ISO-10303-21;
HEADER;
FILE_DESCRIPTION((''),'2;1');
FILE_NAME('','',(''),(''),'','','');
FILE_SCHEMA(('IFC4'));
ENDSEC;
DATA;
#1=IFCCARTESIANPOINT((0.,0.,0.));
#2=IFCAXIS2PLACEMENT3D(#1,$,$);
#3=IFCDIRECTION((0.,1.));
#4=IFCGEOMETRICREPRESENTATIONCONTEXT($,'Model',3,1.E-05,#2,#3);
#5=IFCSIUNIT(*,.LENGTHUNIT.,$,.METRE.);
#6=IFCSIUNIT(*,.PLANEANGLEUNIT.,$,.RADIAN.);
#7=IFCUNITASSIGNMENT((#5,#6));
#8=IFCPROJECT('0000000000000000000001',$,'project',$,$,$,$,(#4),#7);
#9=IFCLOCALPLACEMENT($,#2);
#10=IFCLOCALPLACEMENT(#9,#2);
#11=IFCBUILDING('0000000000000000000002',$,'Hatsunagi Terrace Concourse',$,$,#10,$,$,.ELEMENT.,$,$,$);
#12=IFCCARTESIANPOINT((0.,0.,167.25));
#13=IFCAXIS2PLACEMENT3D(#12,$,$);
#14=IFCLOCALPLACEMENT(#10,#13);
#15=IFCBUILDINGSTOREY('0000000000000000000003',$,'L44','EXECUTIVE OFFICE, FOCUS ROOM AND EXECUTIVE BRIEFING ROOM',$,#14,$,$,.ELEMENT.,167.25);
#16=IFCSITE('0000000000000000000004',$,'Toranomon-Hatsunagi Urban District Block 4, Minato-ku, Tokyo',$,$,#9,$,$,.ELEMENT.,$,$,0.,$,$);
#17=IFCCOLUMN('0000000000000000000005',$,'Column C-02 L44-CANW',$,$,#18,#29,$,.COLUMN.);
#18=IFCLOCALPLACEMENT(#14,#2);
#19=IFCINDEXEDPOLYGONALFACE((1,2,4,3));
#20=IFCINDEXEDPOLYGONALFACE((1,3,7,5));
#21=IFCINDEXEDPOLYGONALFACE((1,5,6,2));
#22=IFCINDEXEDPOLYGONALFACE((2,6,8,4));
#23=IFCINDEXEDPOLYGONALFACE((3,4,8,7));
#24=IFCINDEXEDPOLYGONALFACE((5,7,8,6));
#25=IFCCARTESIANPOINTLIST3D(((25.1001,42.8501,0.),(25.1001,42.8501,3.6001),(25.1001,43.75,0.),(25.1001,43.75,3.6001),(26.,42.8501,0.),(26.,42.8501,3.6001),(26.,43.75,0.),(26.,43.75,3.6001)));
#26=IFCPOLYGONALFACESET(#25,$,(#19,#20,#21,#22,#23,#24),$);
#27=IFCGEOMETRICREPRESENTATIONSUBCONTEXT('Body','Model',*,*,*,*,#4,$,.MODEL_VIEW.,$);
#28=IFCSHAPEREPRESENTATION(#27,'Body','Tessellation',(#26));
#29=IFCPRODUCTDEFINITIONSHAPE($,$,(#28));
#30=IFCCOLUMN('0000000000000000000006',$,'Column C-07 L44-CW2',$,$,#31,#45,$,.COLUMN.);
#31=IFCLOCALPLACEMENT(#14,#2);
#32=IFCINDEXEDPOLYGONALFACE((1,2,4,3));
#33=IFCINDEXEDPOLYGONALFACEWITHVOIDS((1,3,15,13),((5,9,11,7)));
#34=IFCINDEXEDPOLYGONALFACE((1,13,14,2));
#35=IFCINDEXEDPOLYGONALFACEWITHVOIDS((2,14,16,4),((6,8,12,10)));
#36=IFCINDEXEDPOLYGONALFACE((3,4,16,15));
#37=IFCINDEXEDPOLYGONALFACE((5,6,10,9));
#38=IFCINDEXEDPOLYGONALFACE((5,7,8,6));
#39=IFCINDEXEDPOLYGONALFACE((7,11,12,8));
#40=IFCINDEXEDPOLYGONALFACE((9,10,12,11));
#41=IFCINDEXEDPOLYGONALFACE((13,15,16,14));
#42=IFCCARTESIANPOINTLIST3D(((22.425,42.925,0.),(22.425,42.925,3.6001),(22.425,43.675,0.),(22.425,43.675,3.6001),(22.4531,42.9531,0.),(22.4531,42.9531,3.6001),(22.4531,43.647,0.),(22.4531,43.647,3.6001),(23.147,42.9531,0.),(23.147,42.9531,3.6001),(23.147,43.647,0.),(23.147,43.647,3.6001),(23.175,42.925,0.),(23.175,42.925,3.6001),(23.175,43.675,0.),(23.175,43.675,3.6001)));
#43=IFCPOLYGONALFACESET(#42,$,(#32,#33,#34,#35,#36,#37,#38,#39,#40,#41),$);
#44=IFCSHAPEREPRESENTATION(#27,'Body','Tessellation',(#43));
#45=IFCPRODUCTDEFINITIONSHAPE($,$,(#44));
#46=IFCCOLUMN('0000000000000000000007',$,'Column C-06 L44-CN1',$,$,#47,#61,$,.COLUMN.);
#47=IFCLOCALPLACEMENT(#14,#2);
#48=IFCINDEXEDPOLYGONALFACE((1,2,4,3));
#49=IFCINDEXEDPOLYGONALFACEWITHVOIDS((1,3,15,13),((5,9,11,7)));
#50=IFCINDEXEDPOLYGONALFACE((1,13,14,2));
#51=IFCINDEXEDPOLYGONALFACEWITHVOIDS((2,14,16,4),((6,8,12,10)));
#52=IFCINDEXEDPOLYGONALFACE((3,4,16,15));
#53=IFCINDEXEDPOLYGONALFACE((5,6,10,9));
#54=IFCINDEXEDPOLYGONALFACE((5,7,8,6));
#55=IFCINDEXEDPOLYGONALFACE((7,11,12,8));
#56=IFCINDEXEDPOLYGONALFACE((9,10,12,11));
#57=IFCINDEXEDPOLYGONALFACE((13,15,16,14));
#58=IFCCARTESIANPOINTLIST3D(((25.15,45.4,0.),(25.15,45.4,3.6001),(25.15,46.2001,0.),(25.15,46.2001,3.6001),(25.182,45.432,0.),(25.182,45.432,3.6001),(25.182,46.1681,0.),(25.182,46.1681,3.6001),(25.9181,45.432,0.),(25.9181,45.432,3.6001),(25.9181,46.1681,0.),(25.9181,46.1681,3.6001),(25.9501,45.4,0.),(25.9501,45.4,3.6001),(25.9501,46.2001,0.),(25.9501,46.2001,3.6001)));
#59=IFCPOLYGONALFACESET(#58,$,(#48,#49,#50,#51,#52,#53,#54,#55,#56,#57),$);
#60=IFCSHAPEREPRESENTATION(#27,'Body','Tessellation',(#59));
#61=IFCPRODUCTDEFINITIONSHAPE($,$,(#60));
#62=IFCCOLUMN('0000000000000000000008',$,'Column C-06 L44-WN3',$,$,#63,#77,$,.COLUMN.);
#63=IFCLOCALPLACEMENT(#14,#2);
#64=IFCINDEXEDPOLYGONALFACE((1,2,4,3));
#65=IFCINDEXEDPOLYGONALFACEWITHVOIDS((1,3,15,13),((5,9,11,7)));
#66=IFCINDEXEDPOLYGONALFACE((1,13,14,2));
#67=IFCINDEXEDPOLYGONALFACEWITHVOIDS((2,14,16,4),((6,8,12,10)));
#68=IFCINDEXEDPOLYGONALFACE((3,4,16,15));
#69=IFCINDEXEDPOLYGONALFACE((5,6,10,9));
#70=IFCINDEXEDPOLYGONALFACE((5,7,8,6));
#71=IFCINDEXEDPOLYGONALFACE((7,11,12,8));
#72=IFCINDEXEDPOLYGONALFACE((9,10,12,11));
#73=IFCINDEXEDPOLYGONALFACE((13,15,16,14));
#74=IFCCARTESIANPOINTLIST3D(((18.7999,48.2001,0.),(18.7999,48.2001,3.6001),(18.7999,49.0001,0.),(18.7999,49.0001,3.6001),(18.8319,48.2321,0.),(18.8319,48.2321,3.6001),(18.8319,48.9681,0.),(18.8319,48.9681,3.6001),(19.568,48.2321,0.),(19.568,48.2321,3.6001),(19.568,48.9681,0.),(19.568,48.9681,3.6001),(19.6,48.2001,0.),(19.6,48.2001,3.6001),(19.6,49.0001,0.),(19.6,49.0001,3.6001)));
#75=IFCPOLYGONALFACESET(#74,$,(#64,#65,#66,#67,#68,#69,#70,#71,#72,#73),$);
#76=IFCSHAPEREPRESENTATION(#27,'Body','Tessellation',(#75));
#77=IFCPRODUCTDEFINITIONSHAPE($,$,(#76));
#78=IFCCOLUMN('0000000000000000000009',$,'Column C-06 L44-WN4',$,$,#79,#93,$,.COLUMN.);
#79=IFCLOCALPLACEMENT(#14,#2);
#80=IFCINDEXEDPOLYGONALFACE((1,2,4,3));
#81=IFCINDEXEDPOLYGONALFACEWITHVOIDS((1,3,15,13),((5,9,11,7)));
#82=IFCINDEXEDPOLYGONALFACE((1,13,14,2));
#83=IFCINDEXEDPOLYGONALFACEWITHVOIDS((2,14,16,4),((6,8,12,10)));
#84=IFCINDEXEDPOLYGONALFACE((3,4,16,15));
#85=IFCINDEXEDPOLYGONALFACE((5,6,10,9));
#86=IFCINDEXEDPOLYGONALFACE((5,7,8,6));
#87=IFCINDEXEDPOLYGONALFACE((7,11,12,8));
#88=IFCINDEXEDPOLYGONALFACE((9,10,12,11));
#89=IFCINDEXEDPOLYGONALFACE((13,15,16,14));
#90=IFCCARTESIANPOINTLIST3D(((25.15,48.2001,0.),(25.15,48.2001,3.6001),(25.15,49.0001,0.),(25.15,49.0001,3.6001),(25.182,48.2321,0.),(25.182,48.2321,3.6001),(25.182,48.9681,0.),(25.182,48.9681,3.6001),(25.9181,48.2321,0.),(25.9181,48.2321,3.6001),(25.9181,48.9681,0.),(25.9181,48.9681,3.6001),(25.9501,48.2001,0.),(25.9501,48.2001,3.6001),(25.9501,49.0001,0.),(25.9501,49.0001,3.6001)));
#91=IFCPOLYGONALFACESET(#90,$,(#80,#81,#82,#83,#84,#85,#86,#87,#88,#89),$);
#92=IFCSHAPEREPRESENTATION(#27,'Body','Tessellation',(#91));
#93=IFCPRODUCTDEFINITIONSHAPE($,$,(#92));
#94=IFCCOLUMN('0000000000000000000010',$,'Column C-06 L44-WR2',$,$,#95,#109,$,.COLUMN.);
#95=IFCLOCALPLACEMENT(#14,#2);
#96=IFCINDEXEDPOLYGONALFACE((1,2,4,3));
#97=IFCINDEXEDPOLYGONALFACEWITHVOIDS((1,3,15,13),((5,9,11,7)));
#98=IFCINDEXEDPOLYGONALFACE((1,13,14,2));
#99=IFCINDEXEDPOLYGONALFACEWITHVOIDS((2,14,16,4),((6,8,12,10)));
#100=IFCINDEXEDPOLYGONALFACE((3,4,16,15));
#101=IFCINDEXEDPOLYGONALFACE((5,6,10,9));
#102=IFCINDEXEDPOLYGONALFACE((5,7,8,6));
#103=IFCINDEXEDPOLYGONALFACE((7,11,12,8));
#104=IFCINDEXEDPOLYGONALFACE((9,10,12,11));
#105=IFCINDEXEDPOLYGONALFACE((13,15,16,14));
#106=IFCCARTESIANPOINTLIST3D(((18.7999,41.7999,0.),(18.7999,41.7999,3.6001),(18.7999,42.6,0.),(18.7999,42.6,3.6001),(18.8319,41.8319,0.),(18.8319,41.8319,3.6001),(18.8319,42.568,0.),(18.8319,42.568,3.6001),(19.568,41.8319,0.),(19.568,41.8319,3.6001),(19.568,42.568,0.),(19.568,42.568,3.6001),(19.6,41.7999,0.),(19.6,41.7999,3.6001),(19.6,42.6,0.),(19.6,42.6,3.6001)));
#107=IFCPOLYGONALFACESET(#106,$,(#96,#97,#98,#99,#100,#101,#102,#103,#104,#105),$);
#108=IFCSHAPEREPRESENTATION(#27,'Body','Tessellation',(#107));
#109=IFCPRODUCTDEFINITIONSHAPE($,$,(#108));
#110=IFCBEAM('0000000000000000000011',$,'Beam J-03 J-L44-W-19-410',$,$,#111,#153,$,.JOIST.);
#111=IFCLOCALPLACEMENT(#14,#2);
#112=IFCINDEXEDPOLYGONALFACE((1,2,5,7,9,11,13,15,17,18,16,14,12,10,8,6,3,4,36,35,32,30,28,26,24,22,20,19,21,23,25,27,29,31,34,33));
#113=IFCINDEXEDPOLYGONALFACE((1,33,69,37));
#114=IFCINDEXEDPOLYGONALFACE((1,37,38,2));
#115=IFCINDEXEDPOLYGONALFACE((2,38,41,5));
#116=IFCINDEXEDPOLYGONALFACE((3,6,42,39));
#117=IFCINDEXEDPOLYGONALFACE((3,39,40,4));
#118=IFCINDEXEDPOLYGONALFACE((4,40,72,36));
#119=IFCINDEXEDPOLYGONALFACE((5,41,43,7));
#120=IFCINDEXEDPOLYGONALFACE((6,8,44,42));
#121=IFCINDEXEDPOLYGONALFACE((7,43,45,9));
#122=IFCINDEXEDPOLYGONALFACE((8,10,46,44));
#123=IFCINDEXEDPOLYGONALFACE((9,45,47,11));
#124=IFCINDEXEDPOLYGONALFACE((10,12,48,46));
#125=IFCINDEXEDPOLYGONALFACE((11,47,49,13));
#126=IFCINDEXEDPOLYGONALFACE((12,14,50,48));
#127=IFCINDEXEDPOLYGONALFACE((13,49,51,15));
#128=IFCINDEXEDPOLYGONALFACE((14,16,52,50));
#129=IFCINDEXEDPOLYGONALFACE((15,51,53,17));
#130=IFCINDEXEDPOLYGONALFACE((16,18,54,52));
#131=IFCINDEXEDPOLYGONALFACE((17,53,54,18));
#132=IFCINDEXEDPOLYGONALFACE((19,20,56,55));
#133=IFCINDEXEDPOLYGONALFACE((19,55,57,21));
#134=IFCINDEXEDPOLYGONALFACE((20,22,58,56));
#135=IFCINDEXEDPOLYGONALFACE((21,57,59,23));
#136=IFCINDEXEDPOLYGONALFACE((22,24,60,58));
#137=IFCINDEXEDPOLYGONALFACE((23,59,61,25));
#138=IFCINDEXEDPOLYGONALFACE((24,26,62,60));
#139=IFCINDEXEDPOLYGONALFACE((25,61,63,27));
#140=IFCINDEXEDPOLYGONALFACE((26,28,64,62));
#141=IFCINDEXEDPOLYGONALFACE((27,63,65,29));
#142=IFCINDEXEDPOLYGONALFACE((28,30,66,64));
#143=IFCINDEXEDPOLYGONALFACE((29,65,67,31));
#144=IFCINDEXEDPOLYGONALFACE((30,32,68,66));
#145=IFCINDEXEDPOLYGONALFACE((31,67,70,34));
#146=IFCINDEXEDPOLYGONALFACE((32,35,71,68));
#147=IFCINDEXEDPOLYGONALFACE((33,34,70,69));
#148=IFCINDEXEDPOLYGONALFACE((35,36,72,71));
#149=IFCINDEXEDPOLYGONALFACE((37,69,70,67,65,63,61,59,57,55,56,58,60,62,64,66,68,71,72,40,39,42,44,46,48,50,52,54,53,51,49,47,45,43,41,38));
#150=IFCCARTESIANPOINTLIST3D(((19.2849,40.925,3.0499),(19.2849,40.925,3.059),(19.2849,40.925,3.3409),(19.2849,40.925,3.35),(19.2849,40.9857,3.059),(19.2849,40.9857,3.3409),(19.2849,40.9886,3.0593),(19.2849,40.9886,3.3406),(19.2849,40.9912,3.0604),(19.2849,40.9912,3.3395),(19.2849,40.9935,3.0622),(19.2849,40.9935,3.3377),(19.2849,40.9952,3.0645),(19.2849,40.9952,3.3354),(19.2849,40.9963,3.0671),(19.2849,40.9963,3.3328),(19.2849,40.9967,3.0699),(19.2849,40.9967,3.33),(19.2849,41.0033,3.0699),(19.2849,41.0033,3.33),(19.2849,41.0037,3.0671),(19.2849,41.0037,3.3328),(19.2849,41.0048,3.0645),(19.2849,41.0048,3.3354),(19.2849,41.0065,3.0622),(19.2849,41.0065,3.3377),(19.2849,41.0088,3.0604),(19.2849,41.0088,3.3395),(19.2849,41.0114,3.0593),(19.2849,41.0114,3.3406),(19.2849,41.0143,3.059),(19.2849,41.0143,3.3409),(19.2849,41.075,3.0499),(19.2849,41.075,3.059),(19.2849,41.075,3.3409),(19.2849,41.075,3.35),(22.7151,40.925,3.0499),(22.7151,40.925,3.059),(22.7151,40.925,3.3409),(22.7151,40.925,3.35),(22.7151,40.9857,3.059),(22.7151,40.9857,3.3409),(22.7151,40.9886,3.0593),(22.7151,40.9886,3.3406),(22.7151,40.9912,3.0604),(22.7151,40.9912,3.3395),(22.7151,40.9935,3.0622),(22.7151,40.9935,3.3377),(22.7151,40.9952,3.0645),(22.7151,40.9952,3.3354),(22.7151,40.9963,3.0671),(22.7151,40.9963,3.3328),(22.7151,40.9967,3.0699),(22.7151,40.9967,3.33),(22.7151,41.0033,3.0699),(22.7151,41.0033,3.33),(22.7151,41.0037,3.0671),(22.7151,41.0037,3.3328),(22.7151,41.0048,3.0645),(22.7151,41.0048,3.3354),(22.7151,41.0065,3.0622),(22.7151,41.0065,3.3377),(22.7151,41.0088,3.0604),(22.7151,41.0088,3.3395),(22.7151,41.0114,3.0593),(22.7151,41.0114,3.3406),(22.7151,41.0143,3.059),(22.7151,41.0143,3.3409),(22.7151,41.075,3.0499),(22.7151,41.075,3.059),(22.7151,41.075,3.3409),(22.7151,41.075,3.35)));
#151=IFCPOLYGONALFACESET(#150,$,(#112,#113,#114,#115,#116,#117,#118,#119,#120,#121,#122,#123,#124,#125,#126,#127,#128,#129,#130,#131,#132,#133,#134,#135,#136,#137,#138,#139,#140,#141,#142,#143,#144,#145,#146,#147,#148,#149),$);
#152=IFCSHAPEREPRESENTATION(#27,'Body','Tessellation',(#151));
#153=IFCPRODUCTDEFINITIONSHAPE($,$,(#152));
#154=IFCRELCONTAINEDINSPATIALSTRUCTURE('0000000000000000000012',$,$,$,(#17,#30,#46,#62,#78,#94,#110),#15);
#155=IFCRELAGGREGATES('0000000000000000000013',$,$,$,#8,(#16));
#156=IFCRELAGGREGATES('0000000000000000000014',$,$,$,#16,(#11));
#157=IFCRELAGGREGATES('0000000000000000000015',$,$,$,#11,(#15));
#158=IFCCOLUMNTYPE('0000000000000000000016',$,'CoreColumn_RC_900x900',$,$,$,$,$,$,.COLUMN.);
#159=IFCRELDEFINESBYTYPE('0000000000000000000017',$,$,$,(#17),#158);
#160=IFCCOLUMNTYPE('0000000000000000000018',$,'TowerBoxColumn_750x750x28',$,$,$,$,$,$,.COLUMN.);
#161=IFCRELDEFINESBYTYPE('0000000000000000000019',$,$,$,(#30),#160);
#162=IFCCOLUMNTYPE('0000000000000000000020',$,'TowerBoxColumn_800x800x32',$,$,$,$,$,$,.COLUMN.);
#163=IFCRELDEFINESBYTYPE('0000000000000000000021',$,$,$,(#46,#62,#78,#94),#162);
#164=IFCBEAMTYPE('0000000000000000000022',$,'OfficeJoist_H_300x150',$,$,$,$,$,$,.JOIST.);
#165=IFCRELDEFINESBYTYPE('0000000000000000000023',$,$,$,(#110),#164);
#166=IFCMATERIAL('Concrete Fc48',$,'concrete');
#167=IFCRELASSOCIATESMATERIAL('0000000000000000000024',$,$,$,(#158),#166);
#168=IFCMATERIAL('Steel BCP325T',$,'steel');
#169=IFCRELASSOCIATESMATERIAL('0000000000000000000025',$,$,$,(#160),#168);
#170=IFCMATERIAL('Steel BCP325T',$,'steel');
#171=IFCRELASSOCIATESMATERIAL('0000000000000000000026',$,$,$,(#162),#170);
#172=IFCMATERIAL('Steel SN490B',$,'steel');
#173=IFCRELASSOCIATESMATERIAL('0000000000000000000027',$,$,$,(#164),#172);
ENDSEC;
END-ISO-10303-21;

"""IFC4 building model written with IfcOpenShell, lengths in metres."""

from ifc_helpers import new_model, si_unit, direction, frame, origin, origin_2d, place, context, subcontext, project, spatial, rectangle, hollow_rectangle, i_section, extrude, material, material_profile, profile_set, type_object, element, save


model = new_model("IFC4")

# Units and contexts
model_context = context("Model", 3, precision=1e-05, world=origin(), true_north=direction((0.0, 1.0)))
body_context = subcontext(model_context, "Body", "Model", "MODEL_VIEW")
ifc_project = project(units=[si_unit("LENGTHUNIT", "METRE"), si_unit("PLANEANGLEUNIT", "RADIAN")], contexts=[model_context])

# Site, building, storey
site_placement = place(None, origin())
site = spatial("IfcSite", under=ifc_project, at=site_placement, Name="Toranomon-Hatsunagi Urban District Block 4, Minato-ku, Tokyo", CompositionType="ELEMENT", RefElevation=0.0)
building_placement = place(site_placement, origin())
building = spatial("IfcBuilding", under=site, at=building_placement, Name="Hatsunagi Terrace Concourse", CompositionType="ELEMENT")
storey_placement = place(building_placement, frame((0.0, 0.0, 167.25)))
storey = spatial("IfcBuildingStorey", under=building, at=storey_placement, Name="L44", Description="EXECUTIVE OFFICE, FOCUS ROOM AND EXECUTIVE BRIEFING ROOM", CompositionType="ELEMENT", Elevation=167.25)

# Columns
ifc_material_1 = material(Name="Concrete Fc48", Category="concrete")
ifc_material_profile_1 = material_profile(ifc_material_1, rectangle(XDim=0.8999, YDim=0.8999, at=origin_2d()), Name="RC-900x900")
ifc_profile_set_1 = profile_set([ifc_material_profile_1], Name="Concrete Fc48")
column_type_1 = type_object("IfcColumnType", Name="CoreColumn_RC_900x900", PredefinedType="COLUMN", material=ifc_profile_set_1)
column_1_placement = place(storey_placement, frame((25.55, 43.3, 0.0), z_axis=(0.0, 0.0, 1.0), x_axis=(1.0, 0.0, 0.0)))
element("IfcColumn", 1, at=column_1_placement, inside=storey, type_object=column_type_1, Name="Column C-02 L44-CANW", PredefinedType="COLUMN", context=body_context, shape_type="SweptSolid", body=[
    extrude(rectangle(XDim=0.8999, YDim=0.8999, at=origin_2d()), origin(), (0.0, 0.0, 1.0), 3.6001),
])
ifc_material_2 = material(Name="Steel BCP325T", Category="steel")
ifc_material_profile_2 = material_profile(ifc_material_2, hollow_rectangle(XDim=0.75, YDim=0.75, WallThickness=0.0281, at=origin_2d()), Name="BCP-750x750x28")
ifc_profile_set_2 = profile_set([ifc_material_profile_2], Name="Steel BCP325T")
column_type_2 = type_object("IfcColumnType", Name="TowerBoxColumn_750x750x28", PredefinedType="COLUMN", material=ifc_profile_set_2)
column_2_placement = place(storey_placement, frame((22.8, 43.3, 0.0), z_axis=(0.0, 0.0, 1.0), x_axis=(1.0, 0.0, 0.0)))
element("IfcColumn", 2, at=column_2_placement, inside=storey, type_object=column_type_2, Name="Column C-07 L44-CW2", PredefinedType="COLUMN", context=body_context, shape_type="SweptSolid", body=[
    extrude(hollow_rectangle(XDim=0.75, YDim=0.75, WallThickness=0.0281, at=origin_2d()), origin(), (0.0, 0.0, 1.0), 3.6001),
])
ifc_material_3 = material(Name="Steel BCP325T", Category="steel")
ifc_material_profile_3 = material_profile(ifc_material_3, hollow_rectangle(XDim=0.8, YDim=0.8, WallThickness=0.032, at=origin_2d()), Name="BCP-800x800x32")
ifc_profile_set_3 = profile_set([ifc_material_profile_3], Name="Steel BCP325T")
column_type_3 = type_object("IfcColumnType", Name="TowerBoxColumn_800x800x32", PredefinedType="COLUMN", material=ifc_profile_set_3)
for number, where, z_axis, x_axis, name in (
    (3, (25.55, 45.8, 0.0), (0.0, 0.0, 1.0), (1.0, 0.0, 0.0), "Column C-06 L44-CN1"),
    (4, (19.2, 48.6001, 0.0), (0.0, 0.0, 1.0), (1.0, 0.0, 0.0), "Column C-06 L44-WN3"),
    (5, (25.55, 48.6001, 0.0), (0.0, 0.0, 1.0), (1.0, 0.0, 0.0), "Column C-06 L44-WN4"),
    (6, (19.2, 42.2, 0.0), (0.0, 0.0, 1.0), (1.0, 0.0, 0.0), "Column C-06 L44-WR2"),
):
    element("IfcColumn", number, at=place(storey_placement, frame(where, z_axis=z_axis, x_axis=x_axis)), inside=storey, type_object=column_type_3, Name=name, PredefinedType="COLUMN", context=body_context, shape_type="SweptSolid", body=[
        extrude(hollow_rectangle(XDim=0.8, YDim=0.8, WallThickness=0.032, at=origin_2d()), origin(), (0.0, 0.0, 1.0), 3.6001),
    ])

# Beam
ifc_material_4 = material(Name="Steel SN490B", Category="steel")
ifc_material_profile_4 = material_profile(ifc_material_4, i_section(OverallWidth=0.1499, OverallDepth=0.3, WebThickness=0.0066, FlangeThickness=0.009, FilletRadius=0.011, at=origin_2d()), Name="H-300x150x6.5x9")
ifc_profile_set_4 = profile_set([ifc_material_profile_4], Name="Steel SN490B")
beam_type_1 = type_object("IfcBeamType", Name="OfficeJoist_H_300x150", PredefinedType="JOIST", material=ifc_profile_set_4)
beam_1_placement = place(storey_placement, frame((19.2849, 41.0, 3.2), z_axis=(1.0, 0.0, 0.0), x_axis=(0.0, 1.0, 0.0)))
element("IfcBeam", 7, at=beam_1_placement, inside=storey, type_object=beam_type_1, Name="Beam J-03 J-L44-W-19-410", PredefinedType="JOIST", context=body_context, shape_type="SweptSolid", body=[
    extrude(i_section(OverallWidth=0.1499, OverallDepth=0.3, WebThickness=0.0066, FlangeThickness=0.009, FilletRadius=0.011, at=origin_2d()), origin(), (0.0, 0.0, 1.0), 3.4302),
])

save(model, "model.ifc")
